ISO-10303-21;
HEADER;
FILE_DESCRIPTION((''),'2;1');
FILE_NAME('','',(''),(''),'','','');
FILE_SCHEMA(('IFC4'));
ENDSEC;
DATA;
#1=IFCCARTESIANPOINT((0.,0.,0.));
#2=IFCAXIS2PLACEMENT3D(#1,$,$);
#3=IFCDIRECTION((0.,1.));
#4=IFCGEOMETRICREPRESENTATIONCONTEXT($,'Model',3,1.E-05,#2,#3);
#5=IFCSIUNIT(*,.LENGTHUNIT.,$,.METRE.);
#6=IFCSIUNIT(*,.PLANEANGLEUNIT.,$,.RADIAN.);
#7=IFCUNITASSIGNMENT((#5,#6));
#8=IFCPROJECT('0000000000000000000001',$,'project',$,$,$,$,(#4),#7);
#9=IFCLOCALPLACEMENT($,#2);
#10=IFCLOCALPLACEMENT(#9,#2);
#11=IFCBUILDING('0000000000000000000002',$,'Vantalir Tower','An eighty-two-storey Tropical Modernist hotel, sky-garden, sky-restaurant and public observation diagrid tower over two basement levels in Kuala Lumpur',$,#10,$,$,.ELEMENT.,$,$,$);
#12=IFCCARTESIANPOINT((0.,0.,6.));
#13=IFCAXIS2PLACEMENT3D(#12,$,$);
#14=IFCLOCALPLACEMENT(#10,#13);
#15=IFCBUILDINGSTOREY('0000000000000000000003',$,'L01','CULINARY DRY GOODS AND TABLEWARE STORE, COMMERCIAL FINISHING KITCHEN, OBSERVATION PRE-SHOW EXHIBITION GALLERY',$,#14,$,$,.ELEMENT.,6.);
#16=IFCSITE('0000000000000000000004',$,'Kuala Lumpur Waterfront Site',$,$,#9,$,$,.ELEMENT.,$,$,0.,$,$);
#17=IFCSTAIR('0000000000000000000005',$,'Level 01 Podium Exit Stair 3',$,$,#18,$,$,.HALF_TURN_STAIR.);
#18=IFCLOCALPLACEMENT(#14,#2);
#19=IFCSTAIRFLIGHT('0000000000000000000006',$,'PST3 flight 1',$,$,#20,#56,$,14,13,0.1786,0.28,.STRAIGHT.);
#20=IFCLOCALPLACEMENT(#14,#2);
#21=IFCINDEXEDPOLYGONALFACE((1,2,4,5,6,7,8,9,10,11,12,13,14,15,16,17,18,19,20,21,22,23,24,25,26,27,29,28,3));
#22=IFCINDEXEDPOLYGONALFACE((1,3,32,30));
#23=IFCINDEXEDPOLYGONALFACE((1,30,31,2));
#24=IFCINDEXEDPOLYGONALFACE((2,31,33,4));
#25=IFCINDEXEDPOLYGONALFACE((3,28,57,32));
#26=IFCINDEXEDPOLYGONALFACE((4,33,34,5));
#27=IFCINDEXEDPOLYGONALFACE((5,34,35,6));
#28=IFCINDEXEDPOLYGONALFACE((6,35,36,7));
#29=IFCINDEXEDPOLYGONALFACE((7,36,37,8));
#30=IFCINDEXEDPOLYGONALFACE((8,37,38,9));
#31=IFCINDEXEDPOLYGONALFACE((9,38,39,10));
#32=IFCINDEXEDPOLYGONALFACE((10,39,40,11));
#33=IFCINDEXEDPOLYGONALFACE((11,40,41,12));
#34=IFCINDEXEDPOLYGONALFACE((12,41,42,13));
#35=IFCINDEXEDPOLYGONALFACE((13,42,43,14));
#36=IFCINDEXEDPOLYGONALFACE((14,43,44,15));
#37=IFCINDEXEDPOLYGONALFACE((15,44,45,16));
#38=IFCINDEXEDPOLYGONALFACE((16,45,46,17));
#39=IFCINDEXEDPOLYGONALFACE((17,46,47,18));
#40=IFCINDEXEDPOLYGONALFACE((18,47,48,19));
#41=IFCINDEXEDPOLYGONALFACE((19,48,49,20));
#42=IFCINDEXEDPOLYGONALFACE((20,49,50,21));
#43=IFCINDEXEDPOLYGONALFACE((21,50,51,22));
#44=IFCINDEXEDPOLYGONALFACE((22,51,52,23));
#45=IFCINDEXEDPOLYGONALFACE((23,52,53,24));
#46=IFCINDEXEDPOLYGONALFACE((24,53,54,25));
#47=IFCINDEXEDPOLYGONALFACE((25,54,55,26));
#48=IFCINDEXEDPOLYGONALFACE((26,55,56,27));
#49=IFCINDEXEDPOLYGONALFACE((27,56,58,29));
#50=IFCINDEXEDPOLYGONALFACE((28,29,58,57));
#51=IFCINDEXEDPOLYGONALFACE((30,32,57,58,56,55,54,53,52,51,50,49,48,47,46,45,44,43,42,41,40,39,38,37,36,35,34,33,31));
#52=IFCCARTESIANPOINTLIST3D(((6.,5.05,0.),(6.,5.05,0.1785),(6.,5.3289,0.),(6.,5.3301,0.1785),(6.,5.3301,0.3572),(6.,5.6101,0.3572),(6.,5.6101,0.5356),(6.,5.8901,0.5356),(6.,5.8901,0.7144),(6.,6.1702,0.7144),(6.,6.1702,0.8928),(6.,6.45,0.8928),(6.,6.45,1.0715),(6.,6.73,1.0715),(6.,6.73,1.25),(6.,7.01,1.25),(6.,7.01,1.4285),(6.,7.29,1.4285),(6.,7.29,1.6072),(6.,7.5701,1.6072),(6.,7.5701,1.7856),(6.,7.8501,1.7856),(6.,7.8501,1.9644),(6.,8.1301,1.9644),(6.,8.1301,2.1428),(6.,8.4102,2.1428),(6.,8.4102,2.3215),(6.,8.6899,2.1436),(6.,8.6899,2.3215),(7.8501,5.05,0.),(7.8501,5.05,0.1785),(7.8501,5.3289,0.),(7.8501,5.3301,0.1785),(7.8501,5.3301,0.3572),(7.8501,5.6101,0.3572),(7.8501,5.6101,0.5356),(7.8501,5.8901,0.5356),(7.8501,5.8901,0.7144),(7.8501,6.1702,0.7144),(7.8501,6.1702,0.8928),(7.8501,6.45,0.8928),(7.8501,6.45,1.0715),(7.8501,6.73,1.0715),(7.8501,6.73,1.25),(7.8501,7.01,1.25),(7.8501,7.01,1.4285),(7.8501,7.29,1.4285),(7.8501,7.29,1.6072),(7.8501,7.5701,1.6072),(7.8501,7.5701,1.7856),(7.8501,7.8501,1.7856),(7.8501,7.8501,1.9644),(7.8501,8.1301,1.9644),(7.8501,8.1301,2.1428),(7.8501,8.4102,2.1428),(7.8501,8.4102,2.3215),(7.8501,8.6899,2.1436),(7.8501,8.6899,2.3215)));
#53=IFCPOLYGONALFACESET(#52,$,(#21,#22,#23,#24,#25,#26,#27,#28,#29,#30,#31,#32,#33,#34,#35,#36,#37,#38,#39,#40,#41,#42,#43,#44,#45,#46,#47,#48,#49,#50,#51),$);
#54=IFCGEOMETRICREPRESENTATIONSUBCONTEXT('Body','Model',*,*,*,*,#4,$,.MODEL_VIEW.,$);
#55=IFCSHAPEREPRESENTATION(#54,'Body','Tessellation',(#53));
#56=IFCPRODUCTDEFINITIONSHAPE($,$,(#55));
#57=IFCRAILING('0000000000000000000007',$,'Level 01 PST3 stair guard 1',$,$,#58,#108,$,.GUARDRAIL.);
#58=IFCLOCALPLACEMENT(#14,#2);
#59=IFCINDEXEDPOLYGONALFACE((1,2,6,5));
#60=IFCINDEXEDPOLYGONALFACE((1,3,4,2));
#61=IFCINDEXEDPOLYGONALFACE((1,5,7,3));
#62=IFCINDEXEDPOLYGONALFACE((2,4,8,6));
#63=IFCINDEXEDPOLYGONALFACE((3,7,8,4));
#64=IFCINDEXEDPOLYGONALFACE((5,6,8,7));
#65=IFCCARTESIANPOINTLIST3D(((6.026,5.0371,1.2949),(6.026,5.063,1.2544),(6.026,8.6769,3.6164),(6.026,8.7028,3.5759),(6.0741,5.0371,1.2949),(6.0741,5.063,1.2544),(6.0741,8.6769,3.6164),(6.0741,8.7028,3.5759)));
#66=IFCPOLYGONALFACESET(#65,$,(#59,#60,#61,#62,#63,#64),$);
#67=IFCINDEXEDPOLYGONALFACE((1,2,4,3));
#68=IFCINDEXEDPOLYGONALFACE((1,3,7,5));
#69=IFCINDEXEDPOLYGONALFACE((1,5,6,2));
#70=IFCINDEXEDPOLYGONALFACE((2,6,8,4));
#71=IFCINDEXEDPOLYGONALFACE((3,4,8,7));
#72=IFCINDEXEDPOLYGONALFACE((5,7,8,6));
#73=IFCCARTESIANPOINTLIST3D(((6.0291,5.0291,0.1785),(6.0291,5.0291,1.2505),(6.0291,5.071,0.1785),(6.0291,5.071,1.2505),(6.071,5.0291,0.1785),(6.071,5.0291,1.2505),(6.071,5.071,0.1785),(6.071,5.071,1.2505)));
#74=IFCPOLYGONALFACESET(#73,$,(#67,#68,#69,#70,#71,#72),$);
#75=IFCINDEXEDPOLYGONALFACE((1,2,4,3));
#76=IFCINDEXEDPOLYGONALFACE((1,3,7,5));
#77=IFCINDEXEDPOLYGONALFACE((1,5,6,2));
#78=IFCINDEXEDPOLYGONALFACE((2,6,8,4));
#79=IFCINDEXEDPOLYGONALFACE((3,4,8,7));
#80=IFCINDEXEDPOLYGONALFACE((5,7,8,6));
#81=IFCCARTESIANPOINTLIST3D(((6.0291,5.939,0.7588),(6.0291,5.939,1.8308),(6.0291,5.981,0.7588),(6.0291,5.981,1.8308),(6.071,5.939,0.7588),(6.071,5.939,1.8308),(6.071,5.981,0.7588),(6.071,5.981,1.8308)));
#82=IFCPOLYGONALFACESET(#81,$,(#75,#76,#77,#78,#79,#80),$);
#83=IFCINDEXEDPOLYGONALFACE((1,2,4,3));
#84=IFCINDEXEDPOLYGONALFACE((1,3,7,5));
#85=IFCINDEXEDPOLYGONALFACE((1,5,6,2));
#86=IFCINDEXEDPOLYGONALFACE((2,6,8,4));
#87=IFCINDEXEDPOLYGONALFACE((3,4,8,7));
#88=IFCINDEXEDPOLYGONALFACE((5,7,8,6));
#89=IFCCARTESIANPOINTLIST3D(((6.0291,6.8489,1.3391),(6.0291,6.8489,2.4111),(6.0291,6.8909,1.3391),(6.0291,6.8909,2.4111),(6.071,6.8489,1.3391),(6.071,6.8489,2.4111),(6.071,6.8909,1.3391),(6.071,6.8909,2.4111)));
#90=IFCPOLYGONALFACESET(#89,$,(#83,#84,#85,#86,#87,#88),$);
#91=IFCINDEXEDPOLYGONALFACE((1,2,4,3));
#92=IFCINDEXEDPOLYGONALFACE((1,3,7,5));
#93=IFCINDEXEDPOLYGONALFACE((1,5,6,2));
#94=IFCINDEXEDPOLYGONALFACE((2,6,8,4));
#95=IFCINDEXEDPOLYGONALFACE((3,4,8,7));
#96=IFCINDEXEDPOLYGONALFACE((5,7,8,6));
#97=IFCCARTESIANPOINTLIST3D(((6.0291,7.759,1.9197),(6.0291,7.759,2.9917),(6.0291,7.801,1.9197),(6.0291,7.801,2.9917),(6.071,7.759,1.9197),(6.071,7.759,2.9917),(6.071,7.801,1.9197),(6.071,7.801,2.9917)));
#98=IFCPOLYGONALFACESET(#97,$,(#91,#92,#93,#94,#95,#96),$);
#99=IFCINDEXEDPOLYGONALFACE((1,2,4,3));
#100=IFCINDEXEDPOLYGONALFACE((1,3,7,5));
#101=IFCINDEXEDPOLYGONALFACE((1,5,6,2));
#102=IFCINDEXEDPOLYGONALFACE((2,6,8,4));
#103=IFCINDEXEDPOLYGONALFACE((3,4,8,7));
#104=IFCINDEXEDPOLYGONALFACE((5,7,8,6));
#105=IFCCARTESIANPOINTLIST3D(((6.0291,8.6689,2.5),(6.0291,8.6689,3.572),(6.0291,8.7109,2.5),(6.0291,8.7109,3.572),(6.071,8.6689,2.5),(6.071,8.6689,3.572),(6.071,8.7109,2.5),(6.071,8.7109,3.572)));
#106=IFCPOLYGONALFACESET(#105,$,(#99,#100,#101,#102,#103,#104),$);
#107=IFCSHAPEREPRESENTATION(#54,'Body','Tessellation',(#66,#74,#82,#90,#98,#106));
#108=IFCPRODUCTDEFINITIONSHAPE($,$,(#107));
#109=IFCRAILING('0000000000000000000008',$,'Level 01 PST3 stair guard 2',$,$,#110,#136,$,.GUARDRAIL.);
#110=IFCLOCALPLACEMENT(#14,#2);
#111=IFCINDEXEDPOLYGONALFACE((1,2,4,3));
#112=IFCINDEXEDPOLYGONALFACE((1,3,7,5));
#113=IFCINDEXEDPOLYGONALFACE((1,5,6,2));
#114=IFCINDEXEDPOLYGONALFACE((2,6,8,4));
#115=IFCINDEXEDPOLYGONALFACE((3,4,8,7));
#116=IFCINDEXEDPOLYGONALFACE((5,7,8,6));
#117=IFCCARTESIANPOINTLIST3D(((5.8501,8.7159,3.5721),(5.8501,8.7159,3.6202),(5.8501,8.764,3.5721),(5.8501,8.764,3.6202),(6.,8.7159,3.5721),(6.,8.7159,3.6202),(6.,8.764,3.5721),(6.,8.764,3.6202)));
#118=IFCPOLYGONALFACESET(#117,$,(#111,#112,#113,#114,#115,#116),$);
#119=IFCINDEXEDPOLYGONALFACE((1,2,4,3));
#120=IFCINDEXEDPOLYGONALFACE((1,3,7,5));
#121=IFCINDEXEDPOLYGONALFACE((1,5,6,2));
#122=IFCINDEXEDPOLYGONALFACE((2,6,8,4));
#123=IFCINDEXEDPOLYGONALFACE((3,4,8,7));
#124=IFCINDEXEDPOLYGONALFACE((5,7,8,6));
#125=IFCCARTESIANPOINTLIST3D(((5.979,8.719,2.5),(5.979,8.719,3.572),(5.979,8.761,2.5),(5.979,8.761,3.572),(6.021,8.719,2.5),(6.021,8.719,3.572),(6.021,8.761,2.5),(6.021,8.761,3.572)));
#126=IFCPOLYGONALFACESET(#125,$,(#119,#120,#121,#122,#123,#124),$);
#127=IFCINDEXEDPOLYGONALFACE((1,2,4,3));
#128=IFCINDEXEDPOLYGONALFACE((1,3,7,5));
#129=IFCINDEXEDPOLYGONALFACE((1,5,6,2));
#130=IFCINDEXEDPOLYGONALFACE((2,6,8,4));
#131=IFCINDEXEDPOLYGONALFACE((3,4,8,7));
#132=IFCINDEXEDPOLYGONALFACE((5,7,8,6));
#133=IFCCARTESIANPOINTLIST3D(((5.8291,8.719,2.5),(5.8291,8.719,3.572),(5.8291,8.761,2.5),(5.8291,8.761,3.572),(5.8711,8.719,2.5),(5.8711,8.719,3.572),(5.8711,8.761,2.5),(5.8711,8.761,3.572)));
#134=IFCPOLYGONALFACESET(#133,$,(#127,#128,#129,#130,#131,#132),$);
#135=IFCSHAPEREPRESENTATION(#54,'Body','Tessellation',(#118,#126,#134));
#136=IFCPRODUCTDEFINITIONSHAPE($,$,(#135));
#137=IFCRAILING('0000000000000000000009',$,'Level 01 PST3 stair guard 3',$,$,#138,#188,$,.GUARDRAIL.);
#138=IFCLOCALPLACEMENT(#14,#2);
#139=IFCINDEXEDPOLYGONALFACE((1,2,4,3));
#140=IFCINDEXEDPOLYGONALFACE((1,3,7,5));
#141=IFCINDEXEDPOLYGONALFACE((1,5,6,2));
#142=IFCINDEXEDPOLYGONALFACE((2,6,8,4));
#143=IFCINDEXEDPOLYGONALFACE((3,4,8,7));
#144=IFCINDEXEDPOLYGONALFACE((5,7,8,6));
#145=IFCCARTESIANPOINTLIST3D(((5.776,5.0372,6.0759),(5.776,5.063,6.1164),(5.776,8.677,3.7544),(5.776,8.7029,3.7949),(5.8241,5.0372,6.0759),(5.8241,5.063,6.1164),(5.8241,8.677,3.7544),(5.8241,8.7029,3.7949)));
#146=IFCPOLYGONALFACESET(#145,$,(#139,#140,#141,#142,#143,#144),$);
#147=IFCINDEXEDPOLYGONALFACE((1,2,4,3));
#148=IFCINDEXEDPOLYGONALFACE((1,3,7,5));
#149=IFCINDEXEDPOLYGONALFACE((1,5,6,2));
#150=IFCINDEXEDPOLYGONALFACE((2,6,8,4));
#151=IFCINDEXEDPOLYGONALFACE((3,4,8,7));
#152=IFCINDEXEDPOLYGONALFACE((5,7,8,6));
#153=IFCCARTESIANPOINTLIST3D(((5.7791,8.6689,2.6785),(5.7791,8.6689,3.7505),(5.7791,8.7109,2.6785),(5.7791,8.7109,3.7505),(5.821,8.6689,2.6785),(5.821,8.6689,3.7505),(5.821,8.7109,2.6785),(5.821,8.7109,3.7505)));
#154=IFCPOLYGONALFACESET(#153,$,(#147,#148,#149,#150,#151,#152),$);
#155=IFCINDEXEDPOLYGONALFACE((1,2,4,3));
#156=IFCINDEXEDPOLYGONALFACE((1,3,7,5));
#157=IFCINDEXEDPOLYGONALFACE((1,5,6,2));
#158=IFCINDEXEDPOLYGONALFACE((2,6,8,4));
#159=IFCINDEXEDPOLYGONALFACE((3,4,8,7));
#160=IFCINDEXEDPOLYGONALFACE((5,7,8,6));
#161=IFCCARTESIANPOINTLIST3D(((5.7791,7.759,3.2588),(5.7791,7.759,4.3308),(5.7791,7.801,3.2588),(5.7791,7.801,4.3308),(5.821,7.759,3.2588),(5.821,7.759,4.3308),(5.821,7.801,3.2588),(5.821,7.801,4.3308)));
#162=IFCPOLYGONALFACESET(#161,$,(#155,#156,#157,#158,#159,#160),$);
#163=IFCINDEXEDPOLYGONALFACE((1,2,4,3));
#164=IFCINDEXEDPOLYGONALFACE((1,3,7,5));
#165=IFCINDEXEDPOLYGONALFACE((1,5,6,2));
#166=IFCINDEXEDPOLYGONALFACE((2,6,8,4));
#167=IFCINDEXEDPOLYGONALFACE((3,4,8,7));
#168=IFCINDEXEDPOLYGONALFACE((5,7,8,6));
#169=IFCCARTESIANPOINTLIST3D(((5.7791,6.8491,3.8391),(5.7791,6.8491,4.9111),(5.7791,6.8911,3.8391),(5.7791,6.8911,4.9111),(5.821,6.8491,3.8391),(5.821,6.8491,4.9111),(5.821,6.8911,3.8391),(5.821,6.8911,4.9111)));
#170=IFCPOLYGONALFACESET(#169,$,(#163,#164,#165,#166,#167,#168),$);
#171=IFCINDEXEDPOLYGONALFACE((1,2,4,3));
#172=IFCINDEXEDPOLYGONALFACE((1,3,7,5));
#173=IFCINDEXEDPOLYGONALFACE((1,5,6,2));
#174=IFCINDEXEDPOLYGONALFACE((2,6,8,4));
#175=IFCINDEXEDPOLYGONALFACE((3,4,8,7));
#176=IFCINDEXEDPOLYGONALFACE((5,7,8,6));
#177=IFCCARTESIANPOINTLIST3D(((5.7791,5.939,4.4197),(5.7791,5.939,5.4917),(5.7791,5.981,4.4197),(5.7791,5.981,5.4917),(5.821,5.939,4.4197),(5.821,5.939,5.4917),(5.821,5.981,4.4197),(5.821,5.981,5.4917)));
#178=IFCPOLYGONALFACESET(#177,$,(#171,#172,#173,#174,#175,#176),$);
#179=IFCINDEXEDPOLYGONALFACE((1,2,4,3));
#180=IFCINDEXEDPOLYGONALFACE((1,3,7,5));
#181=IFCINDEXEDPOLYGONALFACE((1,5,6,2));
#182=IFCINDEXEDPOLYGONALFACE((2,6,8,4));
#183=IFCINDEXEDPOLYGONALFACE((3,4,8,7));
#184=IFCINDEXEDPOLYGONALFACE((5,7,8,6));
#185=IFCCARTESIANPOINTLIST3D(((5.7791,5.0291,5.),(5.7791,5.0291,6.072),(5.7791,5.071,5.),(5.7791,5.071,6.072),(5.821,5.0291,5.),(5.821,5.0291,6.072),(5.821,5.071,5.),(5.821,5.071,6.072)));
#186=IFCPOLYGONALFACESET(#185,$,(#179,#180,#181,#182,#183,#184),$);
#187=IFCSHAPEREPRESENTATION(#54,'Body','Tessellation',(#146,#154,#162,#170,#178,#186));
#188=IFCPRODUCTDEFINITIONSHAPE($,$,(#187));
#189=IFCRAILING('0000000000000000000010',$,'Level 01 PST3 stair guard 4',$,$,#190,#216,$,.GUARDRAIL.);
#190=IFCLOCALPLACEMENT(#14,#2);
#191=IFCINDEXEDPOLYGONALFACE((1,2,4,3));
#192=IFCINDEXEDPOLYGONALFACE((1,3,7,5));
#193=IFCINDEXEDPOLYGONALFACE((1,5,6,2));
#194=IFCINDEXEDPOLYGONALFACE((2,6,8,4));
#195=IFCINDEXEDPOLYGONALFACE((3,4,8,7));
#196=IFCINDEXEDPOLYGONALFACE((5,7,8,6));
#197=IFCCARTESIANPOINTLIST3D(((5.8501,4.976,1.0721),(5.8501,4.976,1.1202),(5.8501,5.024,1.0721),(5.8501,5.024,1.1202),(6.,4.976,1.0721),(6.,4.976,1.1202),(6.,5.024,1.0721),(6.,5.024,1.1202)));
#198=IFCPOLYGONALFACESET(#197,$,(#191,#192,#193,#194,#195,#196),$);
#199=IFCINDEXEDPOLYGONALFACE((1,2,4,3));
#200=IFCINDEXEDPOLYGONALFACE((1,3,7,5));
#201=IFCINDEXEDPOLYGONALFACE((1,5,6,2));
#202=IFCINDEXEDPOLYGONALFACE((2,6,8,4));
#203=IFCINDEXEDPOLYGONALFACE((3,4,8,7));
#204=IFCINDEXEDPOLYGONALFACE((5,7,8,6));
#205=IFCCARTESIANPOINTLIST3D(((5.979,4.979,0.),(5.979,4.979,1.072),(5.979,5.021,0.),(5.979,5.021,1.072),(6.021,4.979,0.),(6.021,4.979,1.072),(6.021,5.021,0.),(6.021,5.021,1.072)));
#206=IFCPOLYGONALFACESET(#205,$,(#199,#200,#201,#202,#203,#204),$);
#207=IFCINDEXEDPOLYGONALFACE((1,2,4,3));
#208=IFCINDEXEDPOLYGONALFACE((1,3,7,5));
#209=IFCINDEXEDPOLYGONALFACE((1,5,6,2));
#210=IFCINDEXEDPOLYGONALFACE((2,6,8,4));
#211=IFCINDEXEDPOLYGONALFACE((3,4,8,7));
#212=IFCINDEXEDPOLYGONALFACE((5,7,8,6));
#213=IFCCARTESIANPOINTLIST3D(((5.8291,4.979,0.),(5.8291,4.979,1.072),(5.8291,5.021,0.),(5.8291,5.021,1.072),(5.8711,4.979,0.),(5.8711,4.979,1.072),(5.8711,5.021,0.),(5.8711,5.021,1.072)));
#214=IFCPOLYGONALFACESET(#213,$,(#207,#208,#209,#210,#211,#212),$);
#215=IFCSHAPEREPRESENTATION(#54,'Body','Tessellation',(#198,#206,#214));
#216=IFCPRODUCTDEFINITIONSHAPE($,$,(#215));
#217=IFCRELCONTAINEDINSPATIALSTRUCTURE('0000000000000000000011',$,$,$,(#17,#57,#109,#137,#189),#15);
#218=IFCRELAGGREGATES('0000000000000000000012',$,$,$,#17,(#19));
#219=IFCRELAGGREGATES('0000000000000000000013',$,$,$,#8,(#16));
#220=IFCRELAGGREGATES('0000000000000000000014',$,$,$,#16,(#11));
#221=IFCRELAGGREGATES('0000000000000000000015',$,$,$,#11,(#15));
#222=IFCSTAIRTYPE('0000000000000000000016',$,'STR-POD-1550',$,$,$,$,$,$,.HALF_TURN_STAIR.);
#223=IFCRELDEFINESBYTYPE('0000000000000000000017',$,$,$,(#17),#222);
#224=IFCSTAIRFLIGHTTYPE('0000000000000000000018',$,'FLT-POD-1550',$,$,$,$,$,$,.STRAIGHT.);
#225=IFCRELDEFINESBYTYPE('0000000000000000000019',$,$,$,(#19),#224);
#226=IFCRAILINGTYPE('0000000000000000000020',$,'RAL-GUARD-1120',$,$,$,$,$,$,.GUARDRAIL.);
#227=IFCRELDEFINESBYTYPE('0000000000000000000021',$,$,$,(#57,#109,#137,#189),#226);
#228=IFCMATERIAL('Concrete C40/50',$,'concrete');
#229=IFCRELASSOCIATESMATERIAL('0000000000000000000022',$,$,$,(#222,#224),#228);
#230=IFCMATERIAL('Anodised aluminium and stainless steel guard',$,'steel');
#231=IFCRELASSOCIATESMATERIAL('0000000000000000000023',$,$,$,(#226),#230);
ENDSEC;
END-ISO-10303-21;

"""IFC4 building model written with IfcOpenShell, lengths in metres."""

from ifc_helpers import new_model, si_unit, direction, frame, origin, origin_2d, place, context, subcontext, project, spatial, polyline, rectangle, outline, extrude, material, type_object, element, aggregate, save


model = new_model("IFC4")

# Units and contexts
model_context = context("Model", 3, precision=1e-05, world=origin(), true_north=direction((0.0, 1.0)))
body_context = subcontext(model_context, "Body", "Model", "MODEL_VIEW")
ifc_project = project(units=[si_unit("LENGTHUNIT", "METRE"), si_unit("PLANEANGLEUNIT", "RADIAN")], contexts=[model_context])

# Site, building, storey
site_placement = place(None, origin())
site = spatial("IfcSite", under=ifc_project, at=site_placement, Name="Kuala Lumpur Waterfront Site", CompositionType="ELEMENT", RefElevation=0.0)
building_placement = place(site_placement, origin())
building = spatial("IfcBuilding", under=site, at=building_placement, Name="Vantalir Tower", Description="An eighty-two-storey Tropical Modernist hotel, sky-garden, sky-restaurant and public observation diagrid tower over two basement levels in Kuala Lumpur", CompositionType="ELEMENT")
storey_placement = place(building_placement, frame((0.0, 0.0, 6.0)))
storey = spatial("IfcBuildingStorey", under=building, at=storey_placement, Name="L01", Description="CULINARY DRY GOODS AND TABLEWARE STORE, COMMERCIAL FINISHING KITCHEN, OBSERVATION PRE-SHOW EXHIBITION GALLERY", CompositionType="ELEMENT", Elevation=6.0)

# Stair, stair flight
ifc_material_1 = material(Name="Concrete C40/50", Category="concrete")
stair_type = type_object("IfcStairType", Name="STR-POD-1550", PredefinedType="HALF_TURN_STAIR", material=ifc_material_1)
stair_placement = place(storey_placement, origin())
stair = element("IfcStair", 1, at=stair_placement, inside=storey, type_object=stair_type, Name="Level 01 Podium Exit Stair 3", PredefinedType="HALF_TURN_STAIR")
stair_flight_type = type_object("IfcStairFlightType", Name="FLT-POD-1550", PredefinedType="STRAIGHT", material=ifc_material_1)
stair_flight_placement = place(storey_placement, frame((6.925, 5.05, 0.0), z_axis=(0.0, 0.0, 1.0), x_axis=(0.0, 1.0, 0.0)))
stair_flight = element("IfcStairFlight", 2, at=stair_flight_placement, type_object=stair_flight_type, Name="PST3 flight 1", NumberOfRisers=14, NumberOfTreads=13, PredefinedType="STRAIGHT", RiserHeight=0.1786, TreadLength=0.28, context=body_context, shape_type="SweptSolid", body=[
    extrude(outline(polyline([(0.0, 0.0), (0.0, 0.1785), (0.28, 0.1785), (0.28, 0.3572), (0.5601, 0.3572), (0.5601, 0.5356), (0.8401, 0.5356), (0.8401, 0.7144), (1.1201, 0.7144), (1.1201, 0.8928), (1.3999, 0.8928), (1.3999, 1.0715), (1.6799, 1.0715), (1.6799, 1.25), (1.96, 1.25), (1.96, 1.4285), (2.24, 1.4285), (2.24, 1.6072), (2.52, 1.6072), (2.52, 1.7856), (2.8, 1.7856), (2.8, 1.9644), (3.0801, 1.9644), (3.0801, 2.1428), (3.3601, 2.1428), (3.3601, 2.3215), (3.6399, 2.3215), (3.6399, 2.5), (3.6399, 2.1436), (0.2788, 0.0), (0.0, 0.0)])), frame((0.0, 0.925, 0.0), z_axis=(0.0, -1.0, 0.0), x_axis=(1.0, 0.0, 0.0)), (0.0, 0.0, 1.0), 1.8501),
])
aggregate(stair, [stair_flight])

# Railings
ifc_material_2 = material(Name="Anodised aluminium and stainless steel guard", Category="steel")
railing_type_1 = type_object("IfcRailingType", Name="RAL-GUARD-1120", PredefinedType="GUARDRAIL", material=ifc_material_2)
railing_1_placement = place(storey_placement, frame((6.05, 5.05, 0.1785)))
element("IfcRailing", 3, at=railing_1_placement, inside=storey, type_object=railing_type_1, Name="Level 01 PST3 stair guard 1", PredefinedType="GUARDRAIL", context=body_context, shape_type="SweptSolid", body=[
    extrude(rectangle(XDim=0.0481, YDim=0.0481, at=origin_2d()), frame((0.0, 0.0, 1.0962), z_axis=(0.0, 0.843112, 0.537739), x_axis=(-1.0, 0.0, 0.0)), (0.0, 0.0, 1.0), 4.3171),
    extrude(rectangle(XDim=0.042, YDim=0.042, at=origin_2d()), origin(), (0.0, 0.0, 1.0), 1.072),
    extrude(rectangle(XDim=0.042, YDim=0.042, at=origin_2d()), frame((0.0, 0.9099, 0.5803)), (0.0, 0.0, 1.0), 1.072),
    extrude(rectangle(XDim=0.042, YDim=0.042, at=origin_2d()), frame((0.0, 1.8198, 1.1606)), (0.0, 0.0, 1.0), 1.072),
    extrude(rectangle(XDim=0.042, YDim=0.042, at=origin_2d()), frame((0.0, 2.73, 1.7412)), (0.0, 0.0, 1.0), 1.072),
    extrude(rectangle(XDim=0.042, YDim=0.042, at=origin_2d()), frame((0.0, 3.6399, 2.3215)), (0.0, 0.0, 1.0), 1.072),
])
railing_2_placement = place(storey_placement, frame((6.0, 8.74, 2.5)))
element("IfcRailing", 4, at=railing_2_placement, inside=storey, type_object=railing_type_1, Name="Level 01 PST3 stair guard 2", PredefinedType="GUARDRAIL", context=body_context, shape_type="SweptSolid", body=[
    extrude(rectangle(XDim=0.0481, YDim=0.0481, at=origin_2d()), frame((0.0, 0.0, 1.0962), z_axis=(-1.0, 0.0, 0.0), x_axis=(0.0, -1.0, 0.0)), (0.0, 0.0, 1.0), 0.1499),
    extrude(rectangle(XDim=0.042, YDim=0.042, at=origin_2d()), origin(), (0.0, 0.0, 1.0), 1.072),
    extrude(rectangle(XDim=0.042, YDim=0.042, at=origin_2d()), frame((-0.1499, 0.0, 0.0)), (0.0, 0.0, 1.0), 1.072),
])
railing_3_placement = place(storey_placement, frame((5.8, 8.6899, 2.6785)))
element("IfcRailing", 5, at=railing_3_placement, inside=storey, type_object=railing_type_1, Name="Level 01 PST3 stair guard 3", PredefinedType="GUARDRAIL", context=body_context, shape_type="SweptSolid", body=[
    extrude(rectangle(XDim=0.0481, YDim=0.0481, at=origin_2d()), frame((0.0, 0.0, 1.0962), z_axis=(0.0, -0.843112, 0.537739), x_axis=(1.0, 0.0, 0.0)), (0.0, 0.0, 1.0), 4.3171),
    extrude(rectangle(XDim=0.042, YDim=0.042, at=origin_2d()), origin(), (0.0, 0.0, 1.0), 1.072),
    extrude(rectangle(XDim=0.042, YDim=0.042, at=origin_2d()), frame((0.0, -0.9099, 0.5803)), (0.0, 0.0, 1.0), 1.072),
    extrude(rectangle(XDim=0.042, YDim=0.042, at=origin_2d()), frame((0.0, -1.8198, 1.1606)), (0.0, 0.0, 1.0), 1.072),
    extrude(rectangle(XDim=0.042, YDim=0.042, at=origin_2d()), frame((0.0, -2.73, 1.7412)), (0.0, 0.0, 1.0), 1.072),
    extrude(rectangle(XDim=0.042, YDim=0.042, at=origin_2d()), frame((0.0, -3.6399, 2.3215)), (0.0, 0.0, 1.0), 1.072),
])
railing_4_placement = place(storey_placement, frame((6.0, 5.0, 0.0)))
element("IfcRailing", 6, at=railing_4_placement, inside=storey, type_object=railing_type_1, Name="Level 01 PST3 stair guard 4", PredefinedType="GUARDRAIL", context=body_context, shape_type="SweptSolid", body=[
    extrude(rectangle(XDim=0.0481, YDim=0.0481, at=origin_2d()), frame((0.0, 0.0, 1.0962), z_axis=(-1.0, 0.0, 0.0), x_axis=(0.0, -1.0, 0.0)), (0.0, 0.0, 1.0), 0.1499),
    extrude(rectangle(XDim=0.042, YDim=0.042, at=origin_2d()), origin(), (0.0, 0.0, 1.0), 1.072),
    extrude(rectangle(XDim=0.042, YDim=0.042, at=origin_2d()), frame((-0.1499, 0.0, 0.0)), (0.0, 0.0, 1.0), 1.072),
])

save(model, "model.ifc")
